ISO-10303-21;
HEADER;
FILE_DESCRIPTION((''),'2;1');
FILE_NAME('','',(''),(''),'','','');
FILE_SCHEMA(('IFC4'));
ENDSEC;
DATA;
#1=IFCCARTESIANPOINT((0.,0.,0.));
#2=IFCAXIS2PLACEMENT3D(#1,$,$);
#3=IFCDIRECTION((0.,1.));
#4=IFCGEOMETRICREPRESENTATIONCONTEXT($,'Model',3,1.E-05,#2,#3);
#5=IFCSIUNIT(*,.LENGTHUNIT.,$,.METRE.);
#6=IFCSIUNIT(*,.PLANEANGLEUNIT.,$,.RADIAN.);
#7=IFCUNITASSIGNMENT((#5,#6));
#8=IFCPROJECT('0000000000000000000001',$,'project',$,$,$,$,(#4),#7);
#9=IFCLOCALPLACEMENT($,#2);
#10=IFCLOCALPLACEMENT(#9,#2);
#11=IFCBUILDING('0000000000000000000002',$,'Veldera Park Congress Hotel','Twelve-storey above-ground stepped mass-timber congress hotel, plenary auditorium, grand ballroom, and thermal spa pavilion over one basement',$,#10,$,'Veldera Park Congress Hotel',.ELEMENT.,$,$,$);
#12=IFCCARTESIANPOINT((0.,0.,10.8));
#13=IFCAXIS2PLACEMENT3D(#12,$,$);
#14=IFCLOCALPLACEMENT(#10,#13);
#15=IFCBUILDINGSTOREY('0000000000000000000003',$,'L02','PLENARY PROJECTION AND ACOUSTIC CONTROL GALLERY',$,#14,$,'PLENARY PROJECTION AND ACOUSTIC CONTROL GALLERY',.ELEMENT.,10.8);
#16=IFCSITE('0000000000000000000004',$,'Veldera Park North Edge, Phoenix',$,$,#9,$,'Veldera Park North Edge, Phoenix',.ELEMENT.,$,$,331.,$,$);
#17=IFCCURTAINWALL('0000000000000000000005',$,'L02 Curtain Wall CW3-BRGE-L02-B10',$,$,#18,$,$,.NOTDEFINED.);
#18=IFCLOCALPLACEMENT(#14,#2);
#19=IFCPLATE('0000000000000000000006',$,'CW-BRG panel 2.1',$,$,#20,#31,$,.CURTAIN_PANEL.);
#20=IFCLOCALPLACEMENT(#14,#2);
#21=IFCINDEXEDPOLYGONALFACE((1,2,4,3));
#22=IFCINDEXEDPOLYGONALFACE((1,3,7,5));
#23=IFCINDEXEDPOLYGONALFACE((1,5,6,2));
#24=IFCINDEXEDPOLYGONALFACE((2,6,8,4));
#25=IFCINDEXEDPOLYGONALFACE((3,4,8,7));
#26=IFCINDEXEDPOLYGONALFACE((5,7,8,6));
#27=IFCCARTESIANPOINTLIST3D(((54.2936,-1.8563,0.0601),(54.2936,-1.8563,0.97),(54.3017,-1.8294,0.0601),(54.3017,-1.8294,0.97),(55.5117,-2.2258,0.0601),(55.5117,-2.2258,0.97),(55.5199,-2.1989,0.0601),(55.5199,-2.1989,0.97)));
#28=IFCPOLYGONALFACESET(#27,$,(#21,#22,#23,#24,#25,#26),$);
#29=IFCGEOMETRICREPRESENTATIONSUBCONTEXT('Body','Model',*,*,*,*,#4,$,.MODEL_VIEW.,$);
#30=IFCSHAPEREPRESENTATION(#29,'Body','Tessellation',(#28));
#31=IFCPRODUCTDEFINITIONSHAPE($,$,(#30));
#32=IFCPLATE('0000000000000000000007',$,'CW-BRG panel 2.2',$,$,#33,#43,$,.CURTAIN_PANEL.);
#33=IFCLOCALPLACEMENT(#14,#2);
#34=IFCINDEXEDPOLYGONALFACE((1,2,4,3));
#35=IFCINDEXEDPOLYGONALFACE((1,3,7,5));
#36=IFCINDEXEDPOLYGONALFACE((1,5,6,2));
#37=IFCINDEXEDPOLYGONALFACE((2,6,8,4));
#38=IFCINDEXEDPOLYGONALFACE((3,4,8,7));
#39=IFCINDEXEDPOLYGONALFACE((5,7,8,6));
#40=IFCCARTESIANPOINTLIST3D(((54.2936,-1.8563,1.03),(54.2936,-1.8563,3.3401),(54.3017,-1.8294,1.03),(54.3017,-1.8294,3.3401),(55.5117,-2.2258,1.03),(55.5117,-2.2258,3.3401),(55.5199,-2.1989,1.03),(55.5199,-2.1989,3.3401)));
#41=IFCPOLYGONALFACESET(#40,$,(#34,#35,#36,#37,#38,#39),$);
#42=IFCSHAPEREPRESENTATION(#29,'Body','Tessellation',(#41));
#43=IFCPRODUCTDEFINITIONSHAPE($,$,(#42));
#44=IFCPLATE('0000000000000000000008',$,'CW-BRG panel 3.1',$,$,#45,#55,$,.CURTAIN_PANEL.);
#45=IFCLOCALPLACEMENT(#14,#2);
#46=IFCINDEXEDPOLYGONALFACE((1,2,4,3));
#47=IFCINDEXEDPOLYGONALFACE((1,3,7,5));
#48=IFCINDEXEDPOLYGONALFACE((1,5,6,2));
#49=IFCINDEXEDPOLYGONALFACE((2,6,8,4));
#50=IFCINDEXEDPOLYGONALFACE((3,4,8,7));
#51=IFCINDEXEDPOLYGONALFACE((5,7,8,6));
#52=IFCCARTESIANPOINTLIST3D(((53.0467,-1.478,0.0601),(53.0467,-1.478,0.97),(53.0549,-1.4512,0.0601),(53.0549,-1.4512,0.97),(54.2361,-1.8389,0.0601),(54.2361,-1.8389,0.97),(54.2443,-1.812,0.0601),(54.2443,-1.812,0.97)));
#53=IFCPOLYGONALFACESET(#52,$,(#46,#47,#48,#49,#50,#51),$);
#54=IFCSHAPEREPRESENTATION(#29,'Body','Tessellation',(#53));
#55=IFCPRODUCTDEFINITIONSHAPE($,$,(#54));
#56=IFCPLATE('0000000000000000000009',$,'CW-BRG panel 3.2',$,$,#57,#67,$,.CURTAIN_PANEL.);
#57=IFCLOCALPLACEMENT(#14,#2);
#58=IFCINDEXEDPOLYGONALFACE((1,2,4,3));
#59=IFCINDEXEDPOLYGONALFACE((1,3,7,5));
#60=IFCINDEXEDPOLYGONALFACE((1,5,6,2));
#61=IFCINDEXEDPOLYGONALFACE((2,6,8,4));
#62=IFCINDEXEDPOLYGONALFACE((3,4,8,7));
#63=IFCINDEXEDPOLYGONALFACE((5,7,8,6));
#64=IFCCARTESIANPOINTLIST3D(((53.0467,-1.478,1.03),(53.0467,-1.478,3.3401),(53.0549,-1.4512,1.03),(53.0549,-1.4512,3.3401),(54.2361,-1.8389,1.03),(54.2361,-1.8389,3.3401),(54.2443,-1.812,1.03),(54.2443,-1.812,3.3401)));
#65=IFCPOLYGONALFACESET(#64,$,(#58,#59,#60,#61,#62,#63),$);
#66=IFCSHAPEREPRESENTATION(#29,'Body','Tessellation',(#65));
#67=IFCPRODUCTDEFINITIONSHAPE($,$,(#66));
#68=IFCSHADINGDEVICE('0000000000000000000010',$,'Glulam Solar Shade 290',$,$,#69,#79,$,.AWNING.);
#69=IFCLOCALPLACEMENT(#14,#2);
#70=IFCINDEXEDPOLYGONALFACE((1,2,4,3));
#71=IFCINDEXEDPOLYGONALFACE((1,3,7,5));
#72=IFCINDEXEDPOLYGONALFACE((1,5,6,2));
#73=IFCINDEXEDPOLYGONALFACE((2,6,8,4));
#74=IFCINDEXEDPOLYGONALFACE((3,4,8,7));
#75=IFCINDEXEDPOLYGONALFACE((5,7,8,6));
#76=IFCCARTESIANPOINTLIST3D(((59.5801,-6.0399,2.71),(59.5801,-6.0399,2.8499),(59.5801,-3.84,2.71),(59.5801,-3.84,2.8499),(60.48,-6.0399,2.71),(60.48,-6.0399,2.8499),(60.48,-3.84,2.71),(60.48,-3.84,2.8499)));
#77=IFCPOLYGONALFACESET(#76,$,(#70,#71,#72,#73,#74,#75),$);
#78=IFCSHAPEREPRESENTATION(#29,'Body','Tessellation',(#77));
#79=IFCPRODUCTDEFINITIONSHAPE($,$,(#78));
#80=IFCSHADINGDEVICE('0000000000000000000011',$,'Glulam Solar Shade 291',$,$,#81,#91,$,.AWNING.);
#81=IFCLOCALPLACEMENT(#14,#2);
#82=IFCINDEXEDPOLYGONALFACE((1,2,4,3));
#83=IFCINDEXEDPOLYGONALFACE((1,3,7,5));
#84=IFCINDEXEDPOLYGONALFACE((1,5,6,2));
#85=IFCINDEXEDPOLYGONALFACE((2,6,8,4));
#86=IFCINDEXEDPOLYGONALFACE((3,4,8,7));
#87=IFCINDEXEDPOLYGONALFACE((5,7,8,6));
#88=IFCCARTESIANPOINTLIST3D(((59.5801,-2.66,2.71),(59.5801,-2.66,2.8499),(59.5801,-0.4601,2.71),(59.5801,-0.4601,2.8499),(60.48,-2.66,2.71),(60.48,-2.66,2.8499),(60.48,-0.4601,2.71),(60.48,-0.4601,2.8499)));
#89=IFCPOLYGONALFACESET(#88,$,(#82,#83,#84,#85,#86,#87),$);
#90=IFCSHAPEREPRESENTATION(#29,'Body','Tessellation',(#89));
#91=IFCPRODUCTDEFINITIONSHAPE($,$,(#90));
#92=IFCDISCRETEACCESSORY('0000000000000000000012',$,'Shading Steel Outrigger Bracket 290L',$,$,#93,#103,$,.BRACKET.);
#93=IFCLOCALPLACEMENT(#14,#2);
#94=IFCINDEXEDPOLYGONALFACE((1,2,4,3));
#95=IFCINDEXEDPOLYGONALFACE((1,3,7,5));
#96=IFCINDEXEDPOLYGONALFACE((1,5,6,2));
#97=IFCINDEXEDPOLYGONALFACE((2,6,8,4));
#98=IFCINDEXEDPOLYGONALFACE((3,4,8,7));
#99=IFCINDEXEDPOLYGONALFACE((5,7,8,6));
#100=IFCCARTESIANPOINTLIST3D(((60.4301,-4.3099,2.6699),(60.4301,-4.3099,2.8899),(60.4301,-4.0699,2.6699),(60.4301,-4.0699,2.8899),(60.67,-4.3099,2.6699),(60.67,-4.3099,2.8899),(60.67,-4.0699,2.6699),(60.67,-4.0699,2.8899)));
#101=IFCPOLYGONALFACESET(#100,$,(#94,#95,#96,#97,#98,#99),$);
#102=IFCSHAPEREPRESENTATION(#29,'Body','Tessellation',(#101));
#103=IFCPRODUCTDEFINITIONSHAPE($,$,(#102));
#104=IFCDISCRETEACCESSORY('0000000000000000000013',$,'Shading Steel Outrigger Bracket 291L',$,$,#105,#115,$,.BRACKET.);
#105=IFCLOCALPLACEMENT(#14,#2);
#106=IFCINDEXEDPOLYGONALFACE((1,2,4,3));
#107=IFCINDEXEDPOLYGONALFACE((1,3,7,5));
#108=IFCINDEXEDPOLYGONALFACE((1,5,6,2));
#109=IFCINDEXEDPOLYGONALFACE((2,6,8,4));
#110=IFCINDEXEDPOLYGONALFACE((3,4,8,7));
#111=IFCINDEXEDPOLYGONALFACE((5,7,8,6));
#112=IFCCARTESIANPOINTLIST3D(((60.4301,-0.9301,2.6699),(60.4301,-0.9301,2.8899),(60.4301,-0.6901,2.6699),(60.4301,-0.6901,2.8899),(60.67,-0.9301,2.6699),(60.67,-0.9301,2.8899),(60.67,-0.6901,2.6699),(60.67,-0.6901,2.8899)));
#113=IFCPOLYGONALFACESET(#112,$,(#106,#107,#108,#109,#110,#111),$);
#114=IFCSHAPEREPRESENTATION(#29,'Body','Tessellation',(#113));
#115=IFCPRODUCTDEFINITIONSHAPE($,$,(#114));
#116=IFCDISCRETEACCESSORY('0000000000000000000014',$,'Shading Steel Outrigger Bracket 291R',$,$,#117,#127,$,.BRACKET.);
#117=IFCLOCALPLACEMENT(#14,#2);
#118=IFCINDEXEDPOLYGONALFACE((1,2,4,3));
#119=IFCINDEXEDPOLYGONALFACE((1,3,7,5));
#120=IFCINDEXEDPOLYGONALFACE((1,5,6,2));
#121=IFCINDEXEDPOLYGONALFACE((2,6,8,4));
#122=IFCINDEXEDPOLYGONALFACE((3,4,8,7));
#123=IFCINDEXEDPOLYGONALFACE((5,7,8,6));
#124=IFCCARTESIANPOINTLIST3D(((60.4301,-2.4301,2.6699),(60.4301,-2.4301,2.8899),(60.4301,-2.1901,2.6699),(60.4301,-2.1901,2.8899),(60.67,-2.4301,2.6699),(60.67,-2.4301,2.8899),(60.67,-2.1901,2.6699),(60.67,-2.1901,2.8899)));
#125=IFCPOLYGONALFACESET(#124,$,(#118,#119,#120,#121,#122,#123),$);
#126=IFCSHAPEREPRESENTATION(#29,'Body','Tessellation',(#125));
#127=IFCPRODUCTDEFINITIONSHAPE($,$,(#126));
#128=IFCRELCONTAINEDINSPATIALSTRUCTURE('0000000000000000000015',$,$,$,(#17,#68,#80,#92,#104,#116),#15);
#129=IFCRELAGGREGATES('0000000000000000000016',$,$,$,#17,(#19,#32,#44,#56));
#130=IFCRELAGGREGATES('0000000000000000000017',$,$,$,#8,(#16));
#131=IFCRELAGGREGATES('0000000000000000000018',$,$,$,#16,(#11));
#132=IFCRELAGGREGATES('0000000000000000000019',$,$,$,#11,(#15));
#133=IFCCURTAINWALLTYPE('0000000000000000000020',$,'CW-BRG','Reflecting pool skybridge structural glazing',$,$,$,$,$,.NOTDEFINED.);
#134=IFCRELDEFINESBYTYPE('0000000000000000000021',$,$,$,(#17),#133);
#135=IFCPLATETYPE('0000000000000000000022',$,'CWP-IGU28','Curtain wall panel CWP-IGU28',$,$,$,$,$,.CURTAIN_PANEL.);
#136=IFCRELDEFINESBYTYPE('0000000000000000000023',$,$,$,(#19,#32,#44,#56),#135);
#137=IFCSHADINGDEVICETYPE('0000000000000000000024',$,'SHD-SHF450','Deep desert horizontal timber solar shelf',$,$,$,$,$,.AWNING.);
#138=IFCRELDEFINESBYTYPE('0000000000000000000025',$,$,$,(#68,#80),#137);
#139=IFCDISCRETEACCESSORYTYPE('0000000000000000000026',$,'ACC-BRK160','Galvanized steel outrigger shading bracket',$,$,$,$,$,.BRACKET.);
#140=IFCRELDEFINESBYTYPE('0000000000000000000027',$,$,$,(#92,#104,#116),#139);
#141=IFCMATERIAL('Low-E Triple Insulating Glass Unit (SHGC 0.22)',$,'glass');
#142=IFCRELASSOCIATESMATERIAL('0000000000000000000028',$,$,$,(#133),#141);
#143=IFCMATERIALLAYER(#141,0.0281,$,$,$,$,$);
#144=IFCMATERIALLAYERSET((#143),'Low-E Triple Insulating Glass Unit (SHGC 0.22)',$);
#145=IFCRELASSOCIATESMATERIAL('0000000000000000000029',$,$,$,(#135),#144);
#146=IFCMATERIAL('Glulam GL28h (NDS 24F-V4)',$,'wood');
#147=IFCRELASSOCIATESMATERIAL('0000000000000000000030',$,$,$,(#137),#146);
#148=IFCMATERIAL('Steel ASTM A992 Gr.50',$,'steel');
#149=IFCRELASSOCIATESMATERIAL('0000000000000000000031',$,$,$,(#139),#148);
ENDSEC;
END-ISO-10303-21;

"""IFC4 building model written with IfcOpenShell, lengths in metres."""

from ifc_helpers import new_model, si_unit, direction, frame, origin, origin_2d, place, context, subcontext, project, spatial, rectangle, extrude, material, layer, layer_set, type_object, element, aggregate, save


model = new_model("IFC4")

# Units and contexts
model_context = context("Model", 3, precision=1e-05, world=origin(), true_north=direction((0.0, 1.0)))
body_context = subcontext(model_context, "Body", "Model", "MODEL_VIEW")
ifc_project = project(units=[si_unit("LENGTHUNIT", "METRE"), si_unit("PLANEANGLEUNIT", "RADIAN")], contexts=[model_context])

# Site, building, storey
site_placement = place(None, origin())
site = spatial("IfcSite", under=ifc_project, at=site_placement, Name="Veldera Park North Edge, Phoenix", LongName="Veldera Park North Edge, Phoenix", CompositionType="ELEMENT", RefElevation=331.0)
building_placement = place(site_placement, origin())
building = spatial("IfcBuilding", under=site, at=building_placement, Name="Veldera Park Congress Hotel", Description="Twelve-storey above-ground stepped mass-timber congress hotel, plenary auditorium, grand ballroom, and thermal spa pavilion over one basement", LongName="Veldera Park Congress Hotel", CompositionType="ELEMENT")
storey_placement = place(building_placement, frame((0.0, 0.0, 10.8)))
storey = spatial("IfcBuildingStorey", under=building, at=storey_placement, Name="L02", Description="PLENARY PROJECTION AND ACOUSTIC CONTROL GALLERY", LongName="PLENARY PROJECTION AND ACOUSTIC CONTROL GALLERY", CompositionType="ELEMENT", Elevation=10.8)

# Curtain wall
ifc_material_1 = material(Name="Low-E Triple Insulating Glass Unit (SHGC 0.22)", Category="glass")
curtain_wall_type = type_object("IfcCurtainWallType", Name="CW-BRG", Description="Reflecting pool skybridge structural glazing", PredefinedType="NOTDEFINED", material=ifc_material_1)
curtain_wall_1_placement = place(storey_placement, origin())
curtain_wall_1 = element("IfcCurtainWall", 1, at=curtain_wall_1_placement, inside=storey, type_object=curtain_wall_type, Name="L02 Curtain Wall CW3-BRGE-L02-B10", PredefinedType="NOTDEFINED")

# Plates
ifc_layer = layer(ifc_material_1, 0.0281)
ifc_layer_set = layer_set([ifc_layer], Name="Low-E Triple Insulating Glass Unit (SHGC 0.22)")
plate_type = type_object("IfcPlateType", Name="CWP-IGU28", Description="Curtain wall panel CWP-IGU28", PredefinedType="CURTAIN_PANEL", material=ifc_layer_set)
plate_1_placement = place(storey_placement, frame((54.9067, -2.0276, 0.0601), z_axis=(0.0, 0.0, 1.0), x_axis=(-0.956939, 0.29029, 0.0)))
plate_1 = element("IfcPlate", 2, at=plate_1_placement, type_object=plate_type, Name="CW-BRG panel 2.1", PredefinedType="CURTAIN_PANEL", context=body_context, shape_type="SweptSolid", body=[
    extrude(rectangle(XDim=1.2729, YDim=0.0281, at=origin_2d()), origin(), (0.0, 0.0, 1.0), 0.9099),
])
plate_2_placement = place(storey_placement, frame((54.9067, -2.0276, 1.03), z_axis=(0.0, 0.0, 1.0), x_axis=(-0.956939, 0.29029, 0.0)))
plate_2 = element("IfcPlate", 3, at=plate_2_placement, type_object=plate_type, Name="CW-BRG panel 2.2", PredefinedType="CURTAIN_PANEL", context=body_context, shape_type="SweptSolid", body=[
    extrude(rectangle(XDim=1.2729, YDim=0.0281, at=origin_2d()), origin(), (0.0, 0.0, 1.0), 2.3101),
])
plate_3_placement = place(storey_placement, frame((53.6455, -1.645, 0.0601), z_axis=(0.0, 0.0, 1.0), x_axis=(-0.956939, 0.29029, 0.0)))
plate_3 = element("IfcPlate", 4, at=plate_3_placement, type_object=plate_type, Name="CW-BRG panel 3.1", PredefinedType="CURTAIN_PANEL", context=body_context, shape_type="SweptSolid", body=[
    extrude(rectangle(XDim=1.2429, YDim=0.0281, at=origin_2d()), origin(), (0.0, 0.0, 1.0), 0.9099),
])
plate_4_placement = place(storey_placement, frame((53.6455, -1.645, 1.03), z_axis=(0.0, 0.0, 1.0), x_axis=(-0.956939, 0.29029, 0.0)))
plate_4 = element("IfcPlate", 5, at=plate_4_placement, type_object=plate_type, Name="CW-BRG panel 3.2", PredefinedType="CURTAIN_PANEL", context=body_context, shape_type="SweptSolid", body=[
    extrude(rectangle(XDim=1.2429, YDim=0.0281, at=origin_2d()), origin(), (0.0, 0.0, 1.0), 2.3101),
])
aggregate(curtain_wall_1, [plate_1, plate_2, plate_3, plate_4])

# Shading devices
ifc_material_2 = material(Name="Glulam GL28h (NDS 24F-V4)", Category="wood")
shading_device_type = type_object("IfcShadingDeviceType", Name="SHD-SHF450", Description="Deep desert horizontal timber solar shelf", PredefinedType="AWNING", material=ifc_material_2)
for number, where, z_axis, x_axis, name in (
    (6, (60.03, -4.9399, 2.71), (0.0, 0.0, 1.0), (0.0, -1.0, 0.0), "Glulam Solar Shade 290"),
    (7, (60.03, -1.5601, 2.71), (0.0, 0.0, 1.0), (0.0, -1.0, 0.0), "Glulam Solar Shade 291"),
):
    element("IfcShadingDevice", number, at=place(storey_placement, frame(where, z_axis=z_axis, x_axis=x_axis)), inside=storey, type_object=shading_device_type, Name=name, PredefinedType="AWNING", context=body_context, shape_type="SweptSolid", body=[
        extrude(rectangle(XDim=2.2, YDim=0.8999, at=origin_2d()), origin(), (0.0, 0.0, 1.0), 0.1399),
    ])

# Discrete accessories
ifc_material_3 = material(Name="Steel ASTM A992 Gr.50", Category="steel")
discrete_accessory_type = type_object("IfcDiscreteAccessoryType", Name="ACC-BRK160", Description="Galvanized steel outrigger shading bracket", PredefinedType="BRACKET", material=ifc_material_3)
for number, where, z_axis, x_axis, name in (
    (8, (60.55, -4.1899, 2.6699), (0.0, 0.0, 1.0), (0.0, -1.0, 0.0), "Shading Steel Outrigger Bracket 290L"),
    (9, (60.55, -0.8101, 2.6699), (0.0, 0.0, 1.0), (0.0, -1.0, 0.0), "Shading Steel Outrigger Bracket 291L"),
    (10, (60.55, -2.3101, 2.6699), (0.0, 0.0, 1.0), (0.0, -1.0, 0.0), "Shading Steel Outrigger Bracket 291R"),
):
    element("IfcDiscreteAccessory", number, at=place(storey_placement, frame(where, z_axis=z_axis, x_axis=x_axis)), inside=storey, type_object=discrete_accessory_type, Name=name, PredefinedType="BRACKET", context=body_context, shape_type="SweptSolid", body=[
        extrude(rectangle(XDim=0.24, YDim=0.24, at=origin_2d()), origin(), (0.0, 0.0, 1.0), 0.22),
    ])

save(model, "model.ifc")
